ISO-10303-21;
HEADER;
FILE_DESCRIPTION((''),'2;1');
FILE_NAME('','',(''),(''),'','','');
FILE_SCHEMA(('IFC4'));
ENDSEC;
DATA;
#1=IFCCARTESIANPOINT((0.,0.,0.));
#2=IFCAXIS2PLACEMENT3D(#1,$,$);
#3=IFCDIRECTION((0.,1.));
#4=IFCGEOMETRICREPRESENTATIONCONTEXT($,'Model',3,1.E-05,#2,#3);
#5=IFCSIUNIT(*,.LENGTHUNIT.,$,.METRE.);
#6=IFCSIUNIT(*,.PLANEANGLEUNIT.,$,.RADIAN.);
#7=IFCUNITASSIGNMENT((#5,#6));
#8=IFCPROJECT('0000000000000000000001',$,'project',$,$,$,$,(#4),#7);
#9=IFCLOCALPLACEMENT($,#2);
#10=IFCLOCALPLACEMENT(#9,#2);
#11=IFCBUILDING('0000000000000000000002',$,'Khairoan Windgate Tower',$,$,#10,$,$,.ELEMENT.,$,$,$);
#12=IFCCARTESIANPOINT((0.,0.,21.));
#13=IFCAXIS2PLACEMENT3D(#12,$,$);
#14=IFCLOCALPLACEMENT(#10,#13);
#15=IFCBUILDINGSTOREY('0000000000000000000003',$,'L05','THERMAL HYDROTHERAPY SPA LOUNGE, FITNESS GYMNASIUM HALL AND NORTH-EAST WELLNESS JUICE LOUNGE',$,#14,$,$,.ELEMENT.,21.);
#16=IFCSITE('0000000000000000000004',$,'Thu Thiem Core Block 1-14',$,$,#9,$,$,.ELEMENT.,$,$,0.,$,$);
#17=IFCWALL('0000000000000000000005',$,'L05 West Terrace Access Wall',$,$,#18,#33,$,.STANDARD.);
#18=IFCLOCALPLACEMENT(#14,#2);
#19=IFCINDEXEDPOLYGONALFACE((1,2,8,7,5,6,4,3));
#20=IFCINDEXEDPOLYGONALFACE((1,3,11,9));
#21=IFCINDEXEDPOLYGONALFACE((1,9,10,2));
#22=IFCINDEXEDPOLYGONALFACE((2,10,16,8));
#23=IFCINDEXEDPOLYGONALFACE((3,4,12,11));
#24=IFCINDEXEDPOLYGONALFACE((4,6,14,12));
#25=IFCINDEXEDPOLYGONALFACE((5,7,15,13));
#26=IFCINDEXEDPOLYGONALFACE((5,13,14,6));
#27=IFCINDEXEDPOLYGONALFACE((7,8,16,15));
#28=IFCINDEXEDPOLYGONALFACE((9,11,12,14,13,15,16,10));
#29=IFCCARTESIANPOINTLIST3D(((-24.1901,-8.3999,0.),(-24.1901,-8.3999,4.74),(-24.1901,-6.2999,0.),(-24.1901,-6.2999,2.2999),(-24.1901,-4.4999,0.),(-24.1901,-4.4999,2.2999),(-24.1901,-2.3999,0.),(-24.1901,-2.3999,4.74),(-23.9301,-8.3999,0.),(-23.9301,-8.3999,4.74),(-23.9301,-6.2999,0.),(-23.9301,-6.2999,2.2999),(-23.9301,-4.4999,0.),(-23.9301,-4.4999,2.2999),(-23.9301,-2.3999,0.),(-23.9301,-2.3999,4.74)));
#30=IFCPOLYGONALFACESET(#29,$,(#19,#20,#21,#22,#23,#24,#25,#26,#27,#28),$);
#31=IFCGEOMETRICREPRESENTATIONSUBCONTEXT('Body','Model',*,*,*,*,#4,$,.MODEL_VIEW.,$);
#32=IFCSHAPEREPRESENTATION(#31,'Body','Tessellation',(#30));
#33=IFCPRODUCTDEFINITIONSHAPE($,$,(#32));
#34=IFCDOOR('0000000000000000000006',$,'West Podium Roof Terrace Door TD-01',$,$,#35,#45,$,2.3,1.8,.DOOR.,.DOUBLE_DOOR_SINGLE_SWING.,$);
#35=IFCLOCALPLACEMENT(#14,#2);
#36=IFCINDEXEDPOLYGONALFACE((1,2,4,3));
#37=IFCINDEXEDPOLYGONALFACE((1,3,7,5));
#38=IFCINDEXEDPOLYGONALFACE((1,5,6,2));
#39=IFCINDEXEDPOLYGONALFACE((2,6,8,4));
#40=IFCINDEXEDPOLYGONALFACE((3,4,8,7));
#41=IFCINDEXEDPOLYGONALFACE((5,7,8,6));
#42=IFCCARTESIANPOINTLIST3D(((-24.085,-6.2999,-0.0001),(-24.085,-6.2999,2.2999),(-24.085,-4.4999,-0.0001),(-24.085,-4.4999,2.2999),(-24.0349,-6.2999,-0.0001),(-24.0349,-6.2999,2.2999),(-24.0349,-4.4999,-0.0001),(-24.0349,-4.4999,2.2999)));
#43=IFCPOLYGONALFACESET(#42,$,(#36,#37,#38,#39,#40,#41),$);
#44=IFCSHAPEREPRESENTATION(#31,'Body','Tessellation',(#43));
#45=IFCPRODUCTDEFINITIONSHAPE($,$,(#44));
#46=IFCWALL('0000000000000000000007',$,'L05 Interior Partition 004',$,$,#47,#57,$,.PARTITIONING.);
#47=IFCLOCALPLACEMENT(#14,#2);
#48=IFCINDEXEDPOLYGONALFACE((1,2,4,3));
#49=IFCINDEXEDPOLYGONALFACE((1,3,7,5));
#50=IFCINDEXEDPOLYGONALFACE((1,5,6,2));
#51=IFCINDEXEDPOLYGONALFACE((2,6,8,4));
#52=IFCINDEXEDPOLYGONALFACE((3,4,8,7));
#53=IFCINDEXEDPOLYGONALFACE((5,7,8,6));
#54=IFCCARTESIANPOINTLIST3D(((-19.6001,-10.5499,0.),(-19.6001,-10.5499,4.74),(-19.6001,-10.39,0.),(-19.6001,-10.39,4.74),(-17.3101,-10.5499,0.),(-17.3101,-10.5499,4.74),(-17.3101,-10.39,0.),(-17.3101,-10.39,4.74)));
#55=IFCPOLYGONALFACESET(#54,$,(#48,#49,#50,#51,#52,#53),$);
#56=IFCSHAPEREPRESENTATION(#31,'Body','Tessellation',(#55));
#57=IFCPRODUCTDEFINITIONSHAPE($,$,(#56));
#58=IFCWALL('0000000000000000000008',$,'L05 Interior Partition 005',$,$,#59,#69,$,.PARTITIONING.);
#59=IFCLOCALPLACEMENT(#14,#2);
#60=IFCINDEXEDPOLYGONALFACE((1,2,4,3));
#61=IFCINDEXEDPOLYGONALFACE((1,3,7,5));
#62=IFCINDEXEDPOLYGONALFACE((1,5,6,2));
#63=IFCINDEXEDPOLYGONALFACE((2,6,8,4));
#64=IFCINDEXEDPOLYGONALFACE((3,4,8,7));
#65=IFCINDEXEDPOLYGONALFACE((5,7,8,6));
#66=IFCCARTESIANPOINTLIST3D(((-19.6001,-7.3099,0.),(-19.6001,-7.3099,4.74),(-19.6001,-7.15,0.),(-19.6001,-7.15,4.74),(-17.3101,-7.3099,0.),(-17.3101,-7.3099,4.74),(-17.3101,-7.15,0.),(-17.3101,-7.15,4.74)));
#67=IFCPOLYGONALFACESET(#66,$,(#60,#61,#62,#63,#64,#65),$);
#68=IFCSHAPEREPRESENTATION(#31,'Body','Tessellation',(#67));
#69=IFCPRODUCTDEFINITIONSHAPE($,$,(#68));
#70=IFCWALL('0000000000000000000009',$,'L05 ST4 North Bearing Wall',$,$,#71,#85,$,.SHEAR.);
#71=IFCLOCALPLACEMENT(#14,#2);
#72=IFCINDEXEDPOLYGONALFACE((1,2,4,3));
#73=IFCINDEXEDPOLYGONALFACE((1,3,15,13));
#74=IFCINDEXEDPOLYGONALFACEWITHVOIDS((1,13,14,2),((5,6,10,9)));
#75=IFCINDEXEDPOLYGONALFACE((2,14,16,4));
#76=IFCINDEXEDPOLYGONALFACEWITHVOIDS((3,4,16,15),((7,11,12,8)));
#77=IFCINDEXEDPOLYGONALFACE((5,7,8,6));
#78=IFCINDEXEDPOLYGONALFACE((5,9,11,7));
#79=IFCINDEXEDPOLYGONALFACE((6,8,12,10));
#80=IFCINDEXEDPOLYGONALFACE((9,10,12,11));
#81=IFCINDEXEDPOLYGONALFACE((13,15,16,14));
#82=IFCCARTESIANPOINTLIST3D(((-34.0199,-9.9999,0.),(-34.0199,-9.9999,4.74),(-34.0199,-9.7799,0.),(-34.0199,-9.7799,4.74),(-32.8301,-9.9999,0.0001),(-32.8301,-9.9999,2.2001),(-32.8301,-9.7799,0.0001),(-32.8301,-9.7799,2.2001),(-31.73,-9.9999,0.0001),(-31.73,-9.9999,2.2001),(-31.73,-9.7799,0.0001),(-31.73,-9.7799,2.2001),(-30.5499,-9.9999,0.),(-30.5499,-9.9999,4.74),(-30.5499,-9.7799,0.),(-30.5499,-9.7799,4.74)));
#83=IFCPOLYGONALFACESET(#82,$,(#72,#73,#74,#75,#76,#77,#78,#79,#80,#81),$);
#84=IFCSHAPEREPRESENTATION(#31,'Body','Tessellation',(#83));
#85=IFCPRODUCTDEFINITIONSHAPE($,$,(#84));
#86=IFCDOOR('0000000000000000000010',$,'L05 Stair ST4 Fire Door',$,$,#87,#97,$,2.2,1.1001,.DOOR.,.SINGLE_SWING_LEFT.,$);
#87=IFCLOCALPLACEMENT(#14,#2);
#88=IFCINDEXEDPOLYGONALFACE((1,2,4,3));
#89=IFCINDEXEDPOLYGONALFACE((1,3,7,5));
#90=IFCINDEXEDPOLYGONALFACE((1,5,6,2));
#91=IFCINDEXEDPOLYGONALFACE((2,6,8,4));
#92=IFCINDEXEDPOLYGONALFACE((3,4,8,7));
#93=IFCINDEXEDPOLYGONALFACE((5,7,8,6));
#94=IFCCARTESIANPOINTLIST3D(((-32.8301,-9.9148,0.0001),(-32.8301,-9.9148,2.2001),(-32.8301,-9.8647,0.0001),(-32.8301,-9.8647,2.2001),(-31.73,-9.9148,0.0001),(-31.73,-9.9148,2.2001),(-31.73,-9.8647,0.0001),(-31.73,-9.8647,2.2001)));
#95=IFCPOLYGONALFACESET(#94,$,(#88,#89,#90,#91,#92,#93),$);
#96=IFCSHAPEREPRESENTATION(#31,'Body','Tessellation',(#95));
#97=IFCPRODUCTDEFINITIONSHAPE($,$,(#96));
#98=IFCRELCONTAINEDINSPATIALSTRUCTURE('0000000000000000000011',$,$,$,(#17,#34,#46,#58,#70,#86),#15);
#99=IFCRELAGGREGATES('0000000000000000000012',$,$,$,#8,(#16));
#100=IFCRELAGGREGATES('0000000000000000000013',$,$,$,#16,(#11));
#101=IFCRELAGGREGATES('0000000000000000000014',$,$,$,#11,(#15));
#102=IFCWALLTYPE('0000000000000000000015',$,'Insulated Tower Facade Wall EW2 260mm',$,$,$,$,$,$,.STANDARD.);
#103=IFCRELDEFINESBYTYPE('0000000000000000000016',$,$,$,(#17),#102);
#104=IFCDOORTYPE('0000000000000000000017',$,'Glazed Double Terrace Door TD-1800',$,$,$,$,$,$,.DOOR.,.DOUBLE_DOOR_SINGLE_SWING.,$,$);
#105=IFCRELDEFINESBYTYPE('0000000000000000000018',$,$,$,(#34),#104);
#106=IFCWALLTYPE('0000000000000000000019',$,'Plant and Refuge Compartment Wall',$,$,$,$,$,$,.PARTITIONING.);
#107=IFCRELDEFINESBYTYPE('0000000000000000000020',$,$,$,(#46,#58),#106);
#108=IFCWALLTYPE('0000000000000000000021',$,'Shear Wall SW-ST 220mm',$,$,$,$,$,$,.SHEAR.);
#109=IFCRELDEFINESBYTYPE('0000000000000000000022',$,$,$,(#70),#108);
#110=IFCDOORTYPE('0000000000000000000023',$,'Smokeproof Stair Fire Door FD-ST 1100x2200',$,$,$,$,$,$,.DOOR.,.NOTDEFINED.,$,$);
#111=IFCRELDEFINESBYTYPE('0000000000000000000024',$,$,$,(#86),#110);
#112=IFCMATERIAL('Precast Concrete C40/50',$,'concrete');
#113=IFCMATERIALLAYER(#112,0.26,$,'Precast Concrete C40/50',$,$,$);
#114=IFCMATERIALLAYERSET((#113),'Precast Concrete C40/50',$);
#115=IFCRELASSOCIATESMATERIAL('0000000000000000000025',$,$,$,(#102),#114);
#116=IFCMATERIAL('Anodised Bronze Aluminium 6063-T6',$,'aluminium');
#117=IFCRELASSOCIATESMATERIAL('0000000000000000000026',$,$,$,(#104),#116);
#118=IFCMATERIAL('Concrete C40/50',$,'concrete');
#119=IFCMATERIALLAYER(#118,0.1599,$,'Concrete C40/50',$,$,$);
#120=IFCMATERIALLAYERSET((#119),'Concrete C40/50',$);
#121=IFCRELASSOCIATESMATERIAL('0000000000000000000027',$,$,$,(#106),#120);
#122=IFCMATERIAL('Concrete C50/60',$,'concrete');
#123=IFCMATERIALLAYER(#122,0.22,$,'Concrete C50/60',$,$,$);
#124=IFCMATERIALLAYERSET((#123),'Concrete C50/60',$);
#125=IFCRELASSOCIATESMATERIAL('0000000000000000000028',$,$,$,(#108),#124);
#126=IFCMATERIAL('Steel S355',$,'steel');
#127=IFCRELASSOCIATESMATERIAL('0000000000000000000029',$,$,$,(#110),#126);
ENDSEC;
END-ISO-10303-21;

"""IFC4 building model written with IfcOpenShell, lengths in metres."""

from ifc_helpers import new_model, si_unit, direction, frame, frame_2d, origin, place, context, subcontext, project, spatial, rectangle, extrude, material, layer, layer_set, type_object, element, fill, save


model = new_model("IFC4")

# Units and contexts
model_context = context("Model", 3, precision=1e-05, world=origin(), true_north=direction((0.0, 1.0)))
body_context = subcontext(model_context, "Body", "Model", "MODEL_VIEW")
ifc_project = project(units=[si_unit("LENGTHUNIT", "METRE"), si_unit("PLANEANGLEUNIT", "RADIAN")], contexts=[model_context])

# Site, building, storey
site_placement = place(None, origin())
site = spatial("IfcSite", under=ifc_project, at=site_placement, Name="Thu Thiem Core Block 1-14", CompositionType="ELEMENT", RefElevation=0.0)
building_placement = place(site_placement, origin())
building = spatial("IfcBuilding", under=site, at=building_placement, Name="Khairoan Windgate Tower", CompositionType="ELEMENT")
storey_placement = place(building_placement, frame((0.0, 0.0, 21.0)))
storey = spatial("IfcBuildingStorey", under=building, at=storey_placement, Name="L05", Description="THERMAL HYDROTHERAPY SPA LOUNGE, FITNESS GYMNASIUM HALL AND NORTH-EAST WELLNESS JUICE LOUNGE", CompositionType="ELEMENT", Elevation=21.0)

# Wall, opening, door
ifc_material_1 = material(Name="Precast Concrete C40/50", Category="concrete")
ifc_layer_1 = layer(ifc_material_1, 0.26, Name="Precast Concrete C40/50")
ifc_layer_set_1 = layer_set([ifc_layer_1], Name="Precast Concrete C40/50")
wall_type_1 = type_object("IfcWallType", Name="Insulated Tower Facade Wall EW2 260mm", PredefinedType="STANDARD", material=ifc_layer_set_1)
wall_1_placement = place(storey_placement, frame((-24.0601, -8.3999, 0.0), z_axis=(0.0, 0.0, 1.0), x_axis=(0.0, 1.0, 0.0)))
wall_1 = element("IfcWall", 1, at=wall_1_placement, inside=storey, type_object=wall_type_1, Name="L05 West Terrace Access Wall", PredefinedType="STANDARD", context=body_context, shape_type="SweptSolid", body=[
    extrude(rectangle(XDim=6.0, YDim=0.26, at=frame_2d((3.0, 0.0))), origin(), (0.0, 0.0, 1.0), 4.74),
])
opening_1_placement = place(wall_1_placement, frame((2.1001, 0.0, 0.0)))
opening_1 = element("IfcOpeningElement", 2, at=opening_1_placement, cuts=wall_1, PredefinedType="OPENING", context=body_context, shape_type="SweptSolid", body=[
    extrude(rectangle(XDim=1.8, YDim=2.3, at=frame_2d((0.8999, 1.1499))), frame((0.0, 0.1399, 0.0), z_axis=(0.0, -1.0, 0.0), x_axis=(1.0, 0.0, 0.0)), (0.0, 0.0, 1.0), 0.28),
])
ifc_material_2 = material(Name="Anodised Bronze Aluminium 6063-T6", Category="aluminium")
door_type_1 = type_object("IfcDoorType", Name="Glazed Double Terrace Door TD-1800", OperationType="DOUBLE_DOOR_SINGLE_SWING", PredefinedType="DOOR", material=ifc_material_2)
door_1_placement = place(opening_1_placement, origin())
door_1 = element("IfcDoor", 3, at=door_1_placement, inside=storey, type_object=door_type_1, Name="West Podium Roof Terrace Door TD-01", OperationType="DOUBLE_DOOR_SINGLE_SWING", OverallHeight=2.3, OverallWidth=1.8, PredefinedType="DOOR", context=body_context, shape_type="SweptSolid", body=[
    extrude(rectangle(XDim=1.8, YDim=2.3, at=frame_2d((0.8999, 1.1499))), frame((0.0, 0.0249, 0.0), z_axis=(0.0, -1.0, 0.0), x_axis=(1.0, 0.0, 0.0)), (0.0, 0.0, 1.0), 0.05),
])
fill(opening_1, door_1)

# Walls
ifc_material_3 = material(Name="Concrete C40/50", Category="concrete")
ifc_layer_2 = layer(ifc_material_3, 0.1599, Name="Concrete C40/50")
ifc_layer_set_2 = layer_set([ifc_layer_2], Name="Concrete C40/50")
wall_type_2 = type_object("IfcWallType", Name="Plant and Refuge Compartment Wall", PredefinedType="PARTITIONING", material=ifc_layer_set_2)
for number, where, z_axis, x_axis, name in (
    (4, (-19.6001, -10.47, 0.0), (0.0, 0.0, 1.0), (1.0, 0.0, 0.0), "L05 Interior Partition 004"),
    (5, (-19.6001, -7.23, 0.0), (0.0, 0.0, 1.0), (1.0, 0.0, 0.0), "L05 Interior Partition 005"),
):
    element("IfcWall", number, at=place(storey_placement, frame(where, z_axis=z_axis, x_axis=x_axis)), inside=storey, type_object=wall_type_2, Name=name, PredefinedType="PARTITIONING", context=body_context, shape_type="SweptSolid", body=[
        extrude(rectangle(XDim=2.29, YDim=0.1599, at=frame_2d((1.145, 0.0))), origin(), (0.0, 0.0, 1.0), 4.74),
    ])

# Wall, opening, door
ifc_material_4 = material(Name="Concrete C50/60", Category="concrete")
ifc_layer_3 = layer(ifc_material_4, 0.22, Name="Concrete C50/60")
ifc_layer_set_3 = layer_set([ifc_layer_3], Name="Concrete C50/60")
wall_type_3 = type_object("IfcWallType", Name="Shear Wall SW-ST 220mm", PredefinedType="SHEAR", material=ifc_layer_set_3)
wall_2_placement = place(storey_placement, frame((-30.55, -9.8899, 0.0), z_axis=(0.0, 0.0, 1.0), x_axis=(-1.0, 0.0, 0.0)))
wall_2 = element("IfcWall", 6, at=wall_2_placement, inside=storey, type_object=wall_type_3, Name="L05 ST4 North Bearing Wall", PredefinedType="SHEAR", context=body_context, shape_type="SweptSolid", body=[
    extrude(rectangle(XDim=3.47, YDim=0.22, at=frame_2d((1.7349, 0.0))), origin(), (0.0, 0.0, 1.0), 4.74),
])
opening_2_placement = place(wall_2_placement, frame((1.1799, 0.0, 0.0)))
opening_2 = element("IfcOpeningElement", 7, at=opening_2_placement, cuts=wall_2, PredefinedType="OPENING", context=body_context, shape_type="SweptSolid", body=[
    extrude(rectangle(XDim=1.1001, YDim=2.2, at=frame_2d((0.55, 1.1001))), frame((0.0, 0.1199, 0.0), z_axis=(0.0, -1.0, 0.0), x_axis=(1.0, 0.0, 0.0)), (0.0, 0.0, 1.0), 0.24),
])
ifc_material_5 = material(Name="Steel S355", Category="steel")
door_type_2 = type_object("IfcDoorType", Name="Smokeproof Stair Fire Door FD-ST 1100x2200", OperationType="NOTDEFINED", PredefinedType="DOOR", material=ifc_material_5)
door_2_placement = place(opening_2_placement, origin())
door_2 = element("IfcDoor", 8, at=door_2_placement, inside=storey, type_object=door_type_2, Name="L05 Stair ST4 Fire Door", OperationType="SINGLE_SWING_LEFT", OverallHeight=2.2, OverallWidth=1.1001, PredefinedType="DOOR", context=body_context, shape_type="SweptSolid", body=[
    extrude(rectangle(XDim=1.1001, YDim=2.2, at=frame_2d((0.55, 1.1001))), frame((0.0, 0.0249, 0.0), z_axis=(0.0, -1.0, 0.0), x_axis=(1.0, 0.0, 0.0)), (0.0, 0.0, 1.0), 0.05),
])
fill(opening_2, door_2)

save(model, "model.ifc")
